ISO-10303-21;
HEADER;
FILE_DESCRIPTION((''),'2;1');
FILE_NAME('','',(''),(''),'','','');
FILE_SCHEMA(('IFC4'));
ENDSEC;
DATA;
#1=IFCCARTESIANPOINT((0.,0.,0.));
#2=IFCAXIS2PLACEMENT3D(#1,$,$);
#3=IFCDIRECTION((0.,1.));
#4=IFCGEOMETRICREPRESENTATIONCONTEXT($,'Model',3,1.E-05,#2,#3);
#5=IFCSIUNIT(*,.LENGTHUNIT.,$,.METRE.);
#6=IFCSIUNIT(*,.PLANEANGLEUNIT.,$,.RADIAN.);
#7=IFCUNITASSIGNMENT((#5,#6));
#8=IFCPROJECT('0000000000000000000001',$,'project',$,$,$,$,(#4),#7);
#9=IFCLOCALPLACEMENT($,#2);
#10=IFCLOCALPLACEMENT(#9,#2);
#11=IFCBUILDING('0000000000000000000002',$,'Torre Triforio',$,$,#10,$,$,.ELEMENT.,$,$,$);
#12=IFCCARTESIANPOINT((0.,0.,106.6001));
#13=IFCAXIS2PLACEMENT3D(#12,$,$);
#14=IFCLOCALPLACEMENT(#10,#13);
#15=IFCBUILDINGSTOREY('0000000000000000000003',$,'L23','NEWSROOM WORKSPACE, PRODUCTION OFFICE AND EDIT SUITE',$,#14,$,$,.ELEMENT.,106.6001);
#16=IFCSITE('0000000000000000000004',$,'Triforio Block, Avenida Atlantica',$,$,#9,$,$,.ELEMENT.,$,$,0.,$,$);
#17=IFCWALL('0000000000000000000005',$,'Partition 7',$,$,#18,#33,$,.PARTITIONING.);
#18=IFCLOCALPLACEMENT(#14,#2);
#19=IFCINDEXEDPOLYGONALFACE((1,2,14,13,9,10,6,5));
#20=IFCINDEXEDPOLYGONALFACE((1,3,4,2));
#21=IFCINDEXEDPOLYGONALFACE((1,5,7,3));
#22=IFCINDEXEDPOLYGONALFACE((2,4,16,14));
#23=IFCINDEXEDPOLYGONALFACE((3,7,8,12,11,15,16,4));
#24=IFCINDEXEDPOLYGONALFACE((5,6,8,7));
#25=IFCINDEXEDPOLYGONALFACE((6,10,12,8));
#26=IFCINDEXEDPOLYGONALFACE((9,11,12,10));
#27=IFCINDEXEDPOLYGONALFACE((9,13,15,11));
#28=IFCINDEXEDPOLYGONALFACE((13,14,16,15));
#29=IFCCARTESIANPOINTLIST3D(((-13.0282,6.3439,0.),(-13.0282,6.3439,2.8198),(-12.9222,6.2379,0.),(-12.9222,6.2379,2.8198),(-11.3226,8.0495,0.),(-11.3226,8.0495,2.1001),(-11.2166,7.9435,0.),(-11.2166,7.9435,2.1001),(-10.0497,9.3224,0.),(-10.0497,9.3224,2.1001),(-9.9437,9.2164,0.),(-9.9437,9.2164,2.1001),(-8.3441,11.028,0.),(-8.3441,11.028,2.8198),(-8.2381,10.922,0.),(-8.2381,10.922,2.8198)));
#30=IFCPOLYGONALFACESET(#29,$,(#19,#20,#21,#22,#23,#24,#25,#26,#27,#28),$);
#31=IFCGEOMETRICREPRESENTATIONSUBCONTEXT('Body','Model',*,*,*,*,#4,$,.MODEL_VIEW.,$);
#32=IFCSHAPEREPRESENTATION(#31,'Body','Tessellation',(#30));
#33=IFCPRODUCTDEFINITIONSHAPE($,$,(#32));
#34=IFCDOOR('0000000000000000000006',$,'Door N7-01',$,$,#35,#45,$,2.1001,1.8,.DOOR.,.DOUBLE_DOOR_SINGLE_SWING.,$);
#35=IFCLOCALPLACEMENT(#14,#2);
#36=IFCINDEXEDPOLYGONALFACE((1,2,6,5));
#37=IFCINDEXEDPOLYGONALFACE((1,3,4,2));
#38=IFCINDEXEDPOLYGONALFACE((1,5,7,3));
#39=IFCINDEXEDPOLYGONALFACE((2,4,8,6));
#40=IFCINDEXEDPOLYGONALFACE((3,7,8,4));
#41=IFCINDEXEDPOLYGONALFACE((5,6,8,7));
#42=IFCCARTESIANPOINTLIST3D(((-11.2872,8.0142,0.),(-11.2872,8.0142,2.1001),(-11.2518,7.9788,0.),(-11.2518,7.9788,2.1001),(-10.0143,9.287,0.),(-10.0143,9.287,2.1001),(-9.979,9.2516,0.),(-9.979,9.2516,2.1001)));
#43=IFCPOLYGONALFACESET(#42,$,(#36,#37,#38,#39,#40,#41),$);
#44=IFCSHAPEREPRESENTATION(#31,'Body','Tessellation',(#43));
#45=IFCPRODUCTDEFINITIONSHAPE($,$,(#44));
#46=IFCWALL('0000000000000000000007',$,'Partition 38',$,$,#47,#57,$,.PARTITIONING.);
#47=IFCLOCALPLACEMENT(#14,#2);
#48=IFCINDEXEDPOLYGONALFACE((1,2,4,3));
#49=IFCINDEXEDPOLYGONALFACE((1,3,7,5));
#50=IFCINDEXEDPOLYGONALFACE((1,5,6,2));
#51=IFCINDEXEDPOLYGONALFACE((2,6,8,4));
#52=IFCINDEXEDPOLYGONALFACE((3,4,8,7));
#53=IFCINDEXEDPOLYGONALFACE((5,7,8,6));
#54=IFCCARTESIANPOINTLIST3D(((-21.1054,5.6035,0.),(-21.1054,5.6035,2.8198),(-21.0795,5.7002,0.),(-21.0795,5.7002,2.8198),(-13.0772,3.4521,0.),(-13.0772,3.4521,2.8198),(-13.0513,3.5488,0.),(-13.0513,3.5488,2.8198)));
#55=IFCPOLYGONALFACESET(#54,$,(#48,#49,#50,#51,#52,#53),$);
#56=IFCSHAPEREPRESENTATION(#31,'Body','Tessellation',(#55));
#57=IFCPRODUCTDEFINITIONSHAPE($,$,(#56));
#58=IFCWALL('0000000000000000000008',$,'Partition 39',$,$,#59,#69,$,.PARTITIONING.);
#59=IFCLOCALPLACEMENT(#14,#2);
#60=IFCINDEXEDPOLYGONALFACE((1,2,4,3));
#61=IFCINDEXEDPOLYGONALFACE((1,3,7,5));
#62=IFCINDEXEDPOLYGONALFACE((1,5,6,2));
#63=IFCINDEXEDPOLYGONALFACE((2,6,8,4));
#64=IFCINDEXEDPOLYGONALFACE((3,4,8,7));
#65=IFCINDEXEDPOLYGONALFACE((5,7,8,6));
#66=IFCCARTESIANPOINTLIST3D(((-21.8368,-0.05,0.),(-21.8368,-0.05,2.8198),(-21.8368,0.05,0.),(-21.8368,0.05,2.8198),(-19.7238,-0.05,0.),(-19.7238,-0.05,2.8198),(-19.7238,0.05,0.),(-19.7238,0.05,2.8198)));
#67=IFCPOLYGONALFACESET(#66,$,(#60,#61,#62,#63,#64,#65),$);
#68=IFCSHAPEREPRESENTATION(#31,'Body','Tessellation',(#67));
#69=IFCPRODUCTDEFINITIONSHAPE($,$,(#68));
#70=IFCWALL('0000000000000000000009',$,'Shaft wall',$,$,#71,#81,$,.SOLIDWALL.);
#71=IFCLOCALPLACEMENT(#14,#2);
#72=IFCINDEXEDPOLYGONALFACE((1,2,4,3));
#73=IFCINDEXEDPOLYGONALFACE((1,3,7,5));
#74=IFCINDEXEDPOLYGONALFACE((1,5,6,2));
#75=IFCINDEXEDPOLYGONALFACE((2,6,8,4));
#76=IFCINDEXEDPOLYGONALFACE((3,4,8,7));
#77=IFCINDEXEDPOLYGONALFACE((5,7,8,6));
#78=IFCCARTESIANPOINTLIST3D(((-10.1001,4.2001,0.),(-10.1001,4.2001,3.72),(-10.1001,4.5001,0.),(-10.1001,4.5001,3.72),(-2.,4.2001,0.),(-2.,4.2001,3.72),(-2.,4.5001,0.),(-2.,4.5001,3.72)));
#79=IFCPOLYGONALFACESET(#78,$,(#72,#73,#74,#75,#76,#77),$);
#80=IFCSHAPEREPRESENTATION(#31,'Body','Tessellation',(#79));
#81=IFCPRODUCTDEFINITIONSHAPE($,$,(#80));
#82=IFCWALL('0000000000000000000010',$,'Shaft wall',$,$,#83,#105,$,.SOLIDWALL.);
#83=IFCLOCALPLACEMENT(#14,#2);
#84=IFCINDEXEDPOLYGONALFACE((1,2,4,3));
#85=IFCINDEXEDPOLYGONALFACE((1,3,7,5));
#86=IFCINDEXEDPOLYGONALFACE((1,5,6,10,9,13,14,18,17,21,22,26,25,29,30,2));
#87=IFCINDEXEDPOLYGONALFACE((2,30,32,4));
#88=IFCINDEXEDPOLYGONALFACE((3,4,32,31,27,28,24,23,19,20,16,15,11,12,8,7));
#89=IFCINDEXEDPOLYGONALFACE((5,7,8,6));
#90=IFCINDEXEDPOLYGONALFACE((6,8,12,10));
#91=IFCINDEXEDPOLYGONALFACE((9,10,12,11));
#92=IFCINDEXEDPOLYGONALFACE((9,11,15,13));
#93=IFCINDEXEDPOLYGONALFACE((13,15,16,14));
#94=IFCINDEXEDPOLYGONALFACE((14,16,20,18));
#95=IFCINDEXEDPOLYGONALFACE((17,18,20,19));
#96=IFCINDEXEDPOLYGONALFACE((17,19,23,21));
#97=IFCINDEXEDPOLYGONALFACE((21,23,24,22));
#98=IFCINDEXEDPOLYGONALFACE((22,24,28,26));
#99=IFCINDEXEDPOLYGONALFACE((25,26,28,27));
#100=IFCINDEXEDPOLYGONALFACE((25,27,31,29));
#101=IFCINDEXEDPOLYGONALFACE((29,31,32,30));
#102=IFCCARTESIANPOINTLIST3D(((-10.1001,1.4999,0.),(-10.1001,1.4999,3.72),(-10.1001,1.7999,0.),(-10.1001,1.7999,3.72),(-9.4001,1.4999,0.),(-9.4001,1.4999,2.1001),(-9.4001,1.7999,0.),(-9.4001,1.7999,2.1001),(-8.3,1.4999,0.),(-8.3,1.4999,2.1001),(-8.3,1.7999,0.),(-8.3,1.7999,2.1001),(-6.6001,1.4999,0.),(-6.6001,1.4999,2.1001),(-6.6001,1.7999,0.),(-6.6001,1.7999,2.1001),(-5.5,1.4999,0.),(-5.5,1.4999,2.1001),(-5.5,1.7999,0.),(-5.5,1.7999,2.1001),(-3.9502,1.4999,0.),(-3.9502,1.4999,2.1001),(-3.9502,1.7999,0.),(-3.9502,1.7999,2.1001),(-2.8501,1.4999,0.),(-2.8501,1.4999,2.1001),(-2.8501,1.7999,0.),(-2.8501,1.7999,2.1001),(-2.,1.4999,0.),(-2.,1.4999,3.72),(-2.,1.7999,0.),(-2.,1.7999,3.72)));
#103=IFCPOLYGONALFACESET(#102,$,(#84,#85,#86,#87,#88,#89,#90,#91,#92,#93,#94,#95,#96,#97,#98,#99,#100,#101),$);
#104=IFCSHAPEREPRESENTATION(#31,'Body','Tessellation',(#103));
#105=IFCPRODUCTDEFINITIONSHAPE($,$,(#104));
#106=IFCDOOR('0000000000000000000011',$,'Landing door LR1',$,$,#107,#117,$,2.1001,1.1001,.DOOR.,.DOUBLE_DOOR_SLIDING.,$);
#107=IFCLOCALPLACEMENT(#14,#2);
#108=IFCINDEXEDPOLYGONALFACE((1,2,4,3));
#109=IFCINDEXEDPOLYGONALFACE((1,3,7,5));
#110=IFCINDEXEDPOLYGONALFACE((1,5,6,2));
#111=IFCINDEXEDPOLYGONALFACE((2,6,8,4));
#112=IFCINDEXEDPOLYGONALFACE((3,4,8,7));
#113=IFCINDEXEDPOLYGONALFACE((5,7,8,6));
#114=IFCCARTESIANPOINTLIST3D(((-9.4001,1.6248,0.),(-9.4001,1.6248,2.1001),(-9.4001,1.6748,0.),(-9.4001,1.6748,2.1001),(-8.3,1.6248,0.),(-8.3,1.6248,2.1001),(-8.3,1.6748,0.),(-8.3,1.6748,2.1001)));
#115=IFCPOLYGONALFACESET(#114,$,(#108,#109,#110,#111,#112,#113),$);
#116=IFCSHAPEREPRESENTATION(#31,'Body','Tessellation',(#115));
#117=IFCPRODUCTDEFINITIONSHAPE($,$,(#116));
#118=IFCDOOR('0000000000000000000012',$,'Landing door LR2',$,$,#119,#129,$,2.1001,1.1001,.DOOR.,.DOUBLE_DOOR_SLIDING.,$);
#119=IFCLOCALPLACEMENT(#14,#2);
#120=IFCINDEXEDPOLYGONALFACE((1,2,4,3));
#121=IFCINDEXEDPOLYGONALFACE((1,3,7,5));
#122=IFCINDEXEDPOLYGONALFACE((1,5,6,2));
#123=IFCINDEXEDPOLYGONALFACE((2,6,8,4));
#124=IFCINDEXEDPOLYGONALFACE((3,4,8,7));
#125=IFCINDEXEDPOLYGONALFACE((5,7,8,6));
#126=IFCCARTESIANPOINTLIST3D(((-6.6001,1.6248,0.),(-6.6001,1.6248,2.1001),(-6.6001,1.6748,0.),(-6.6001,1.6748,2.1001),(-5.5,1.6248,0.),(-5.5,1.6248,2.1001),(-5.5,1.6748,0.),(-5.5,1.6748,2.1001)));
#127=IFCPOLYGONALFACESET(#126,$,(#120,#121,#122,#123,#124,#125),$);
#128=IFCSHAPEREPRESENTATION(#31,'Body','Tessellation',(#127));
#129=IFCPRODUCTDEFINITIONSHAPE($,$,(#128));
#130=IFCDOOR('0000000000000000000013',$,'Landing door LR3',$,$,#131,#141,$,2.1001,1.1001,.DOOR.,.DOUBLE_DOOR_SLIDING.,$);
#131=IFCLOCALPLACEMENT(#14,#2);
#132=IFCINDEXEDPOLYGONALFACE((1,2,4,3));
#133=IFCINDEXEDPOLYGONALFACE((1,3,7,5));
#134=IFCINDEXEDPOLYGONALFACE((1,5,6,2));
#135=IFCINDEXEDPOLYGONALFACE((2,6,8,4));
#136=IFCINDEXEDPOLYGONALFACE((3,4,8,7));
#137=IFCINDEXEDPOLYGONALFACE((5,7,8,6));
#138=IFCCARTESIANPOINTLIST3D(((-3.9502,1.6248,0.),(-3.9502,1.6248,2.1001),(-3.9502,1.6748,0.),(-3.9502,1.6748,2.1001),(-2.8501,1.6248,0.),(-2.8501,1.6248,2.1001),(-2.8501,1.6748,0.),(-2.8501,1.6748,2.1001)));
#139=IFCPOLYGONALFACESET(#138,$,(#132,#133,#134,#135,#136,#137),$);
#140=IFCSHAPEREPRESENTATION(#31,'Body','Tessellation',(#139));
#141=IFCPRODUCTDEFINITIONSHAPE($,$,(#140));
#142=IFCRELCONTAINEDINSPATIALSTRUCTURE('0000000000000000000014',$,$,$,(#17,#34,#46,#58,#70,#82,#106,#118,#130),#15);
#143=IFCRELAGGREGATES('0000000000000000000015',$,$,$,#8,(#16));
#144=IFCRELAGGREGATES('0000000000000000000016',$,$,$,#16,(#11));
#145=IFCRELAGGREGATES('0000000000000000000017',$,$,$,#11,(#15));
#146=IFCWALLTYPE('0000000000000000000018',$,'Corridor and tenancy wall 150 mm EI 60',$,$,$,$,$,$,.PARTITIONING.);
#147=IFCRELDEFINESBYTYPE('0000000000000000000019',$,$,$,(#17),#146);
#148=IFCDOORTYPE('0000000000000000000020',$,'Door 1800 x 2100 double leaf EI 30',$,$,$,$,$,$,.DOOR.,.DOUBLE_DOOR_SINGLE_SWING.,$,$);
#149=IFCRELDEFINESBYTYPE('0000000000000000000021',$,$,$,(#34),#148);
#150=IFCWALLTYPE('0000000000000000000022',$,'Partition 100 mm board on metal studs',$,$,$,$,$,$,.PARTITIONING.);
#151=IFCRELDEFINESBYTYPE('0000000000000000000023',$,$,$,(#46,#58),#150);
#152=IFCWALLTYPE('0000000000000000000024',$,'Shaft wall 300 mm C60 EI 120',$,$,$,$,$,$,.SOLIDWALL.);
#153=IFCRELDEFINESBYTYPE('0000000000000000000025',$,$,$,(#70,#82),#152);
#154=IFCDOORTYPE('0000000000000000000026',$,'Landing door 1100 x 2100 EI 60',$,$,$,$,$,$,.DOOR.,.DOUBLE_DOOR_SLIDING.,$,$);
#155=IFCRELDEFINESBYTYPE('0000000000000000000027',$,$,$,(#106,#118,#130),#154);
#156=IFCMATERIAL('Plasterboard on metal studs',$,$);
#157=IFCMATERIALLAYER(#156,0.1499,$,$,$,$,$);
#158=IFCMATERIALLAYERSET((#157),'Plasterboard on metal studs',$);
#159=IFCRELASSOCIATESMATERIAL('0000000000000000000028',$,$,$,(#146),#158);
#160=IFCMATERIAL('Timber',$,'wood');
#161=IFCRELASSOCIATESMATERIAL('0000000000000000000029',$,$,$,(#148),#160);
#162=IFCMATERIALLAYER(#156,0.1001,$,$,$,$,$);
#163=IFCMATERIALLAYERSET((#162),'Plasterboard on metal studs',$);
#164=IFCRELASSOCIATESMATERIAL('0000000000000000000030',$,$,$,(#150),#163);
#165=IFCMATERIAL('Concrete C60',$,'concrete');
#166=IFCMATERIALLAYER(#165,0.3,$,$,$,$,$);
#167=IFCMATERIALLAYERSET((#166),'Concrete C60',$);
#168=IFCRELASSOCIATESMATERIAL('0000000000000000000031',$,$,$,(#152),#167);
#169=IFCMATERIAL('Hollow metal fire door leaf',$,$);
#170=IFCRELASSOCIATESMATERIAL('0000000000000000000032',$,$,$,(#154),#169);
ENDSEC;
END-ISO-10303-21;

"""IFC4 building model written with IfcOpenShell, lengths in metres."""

from ifc_helpers import new_model, si_unit, direction, frame, frame_2d, origin, place, context, subcontext, project, spatial, rectangle, extrude, material, layer, layer_set, type_object, element, fill, save


model = new_model("IFC4")

# Units and contexts
model_context = context("Model", 3, precision=1e-05, world=origin(), true_north=direction((0.0, 1.0)))
body_context = subcontext(model_context, "Body", "Model", "MODEL_VIEW")
ifc_project = project(units=[si_unit("LENGTHUNIT", "METRE"), si_unit("PLANEANGLEUNIT", "RADIAN")], contexts=[model_context])

# Site, building, storey
site_placement = place(None, origin())
site = spatial("IfcSite", under=ifc_project, at=site_placement, Name="Triforio Block, Avenida Atlantica", CompositionType="ELEMENT", RefElevation=0.0)
building_placement = place(site_placement, origin())
building = spatial("IfcBuilding", under=site, at=building_placement, Name="Torre Triforio", CompositionType="ELEMENT")
storey_placement = place(building_placement, frame((0.0, 0.0, 106.6001)))
storey = spatial("IfcBuildingStorey", under=building, at=storey_placement, Name="L23", Description="NEWSROOM WORKSPACE, PRODUCTION OFFICE AND EDIT SUITE", CompositionType="ELEMENT", Elevation=106.6001)

# Shared definitions
ifc_material_1 = material(Name="Concrete C60", Category="concrete")

# Shared definitions
ifc_material_2 = material(Name="Hollow metal fire door leaf")
ifc_material_3 = material(Name="Plasterboard on metal studs")
ifc_layer_1 = layer(ifc_material_3, 0.1499)
ifc_layer_set_1 = layer_set([ifc_layer_1], Name="Plasterboard on metal studs")
wall_type_1 = type_object("IfcWallType", Name="Corridor and tenancy wall 150 mm EI 60", PredefinedType="PARTITIONING", material=ifc_layer_set_1)
ifc_material_4 = material(Name="Timber", Category="wood")

# Wall, opening, door
wall_1_placement = place(storey_placement, frame((-12.9751, 6.291, 0.0), z_axis=(0.0, 0.0, 1.0), x_axis=(0.707107, 0.707107, 0.0)))
wall_1 = element("IfcWall", 1, at=wall_1_placement, inside=storey, type_object=wall_type_1, Name="Partition 7", PredefinedType="PARTITIONING", context=body_context, shape_type="SweptSolid", body=[
    extrude(rectangle(XDim=6.6243, YDim=0.1499, at=frame_2d((3.312, 0.0))), origin(), (0.0, 0.0, 1.0), 2.8198),
])
opening_1_placement = place(wall_1_placement, frame((2.4121, 0.0, 0.0)))
opening_1 = element("IfcOpeningElement", 2, at=opening_1_placement, cuts=wall_1, PredefinedType="OPENING", context=body_context, shape_type="SweptSolid", body=[
    extrude(rectangle(XDim=1.8, YDim=2.1001, at=frame_2d((0.8999, 1.05))), frame((0.0, 0.085, 0.0), z_axis=(0.0, -1.0, 0.0), x_axis=(1.0, 0.0, 0.0)), (0.0, 0.0, 1.0), 0.1699),
])
door_type_1 = type_object("IfcDoorType", Name="Door 1800 x 2100 double leaf EI 30", OperationType="DOUBLE_DOOR_SINGLE_SWING", PredefinedType="DOOR", material=ifc_material_4)
door_1_placement = place(opening_1_placement, origin())
door_1 = element("IfcDoor", 3, at=door_1_placement, inside=storey, type_object=door_type_1, Name="Door N7-01", OperationType="DOUBLE_DOOR_SINGLE_SWING", OverallHeight=2.1001, OverallWidth=1.8, PredefinedType="DOOR", context=body_context, shape_type="SweptSolid", body=[
    extrude(rectangle(XDim=1.8, YDim=2.1001, at=frame_2d((0.8999, 1.05))), frame((0.0, 0.0249, 0.0), z_axis=(0.0, -1.0, 0.0), x_axis=(1.0, 0.0, 0.0)), (0.0, 0.0, 1.0), 0.05),
])
fill(opening_1, door_1)

# Walls
ifc_layer_2 = layer(ifc_material_3, 0.1001)
ifc_layer_set_2 = layer_set([ifc_layer_2], Name="Plasterboard on metal studs")
wall_type_2 = type_object("IfcWallType", Name="Partition 100 mm board on metal studs", PredefinedType="PARTITIONING", material=ifc_layer_set_2)
wall_2_placement = place(storey_placement, frame((-13.0642, 3.5005, 0.0), z_axis=(0.0, 0.0, 1.0), x_axis=(-0.96592, 0.25884, 0.0)))
element("IfcWall", 4, at=wall_2_placement, inside=storey, type_object=wall_type_2, Name="Partition 38", PredefinedType="PARTITIONING", context=body_context, shape_type="SweptSolid", body=[
    extrude(rectangle(XDim=8.3115, YDim=0.1001, at=frame_2d((4.1558, 0.0))), origin(), (0.0, 0.0, 1.0), 2.8198),
])
wall_3_placement = place(storey_placement, frame((-19.7236, 0.0, 0.0), z_axis=(0.0, 0.0, 1.0), x_axis=(-1.0, 0.0, 0.0)))
element("IfcWall", 5, at=wall_3_placement, inside=storey, type_object=wall_type_2, Name="Partition 39", PredefinedType="PARTITIONING", context=body_context, shape_type="SweptSolid", body=[
    extrude(rectangle(XDim=2.113, YDim=0.1001, at=frame_2d((1.0566, 0.0))), origin(), (0.0, 0.0, 1.0), 2.8198),
])
ifc_layer_3 = layer(ifc_material_1, 0.3)
ifc_layer_set_3 = layer_set([ifc_layer_3], Name="Concrete C60")
wall_type_3 = type_object("IfcWallType", Name="Shaft wall 300 mm C60 EI 120", PredefinedType="SOLIDWALL", material=ifc_layer_set_3)
wall_4_placement = place(storey_placement, frame((-10.1001, 4.3501, 0.0), z_axis=(0.0, 0.0, 1.0), x_axis=(1.0, 0.0, 0.0)))
element("IfcWall", 6, at=wall_4_placement, inside=storey, type_object=wall_type_3, Name="Shaft wall", PredefinedType="SOLIDWALL", context=body_context, shape_type="SweptSolid", body=[
    extrude(rectangle(XDim=8.1001, YDim=0.3, at=frame_2d((4.05, 0.0))), origin(), (0.0, 0.0, 1.0), 3.72),
])

# Wall, openings, doors
wall_5_placement = place(storey_placement, frame((-10.1001, 1.6499, 0.0), z_axis=(0.0, 0.0, 1.0), x_axis=(1.0, 0.0, 0.0)))
wall_5 = element("IfcWall", 7, at=wall_5_placement, inside=storey, type_object=wall_type_3, Name="Shaft wall", PredefinedType="SOLIDWALL", context=body_context, shape_type="SweptSolid", body=[
    extrude(rectangle(XDim=8.1001, YDim=0.3, at=frame_2d((4.05, 0.0))), origin(), (0.0, 0.0, 1.0), 3.72),
])
opening_2_placement = place(wall_5_placement, frame((0.7, 0.0, 0.0)))
opening_2 = element("IfcOpeningElement", 8, at=opening_2_placement, cuts=wall_5, PredefinedType="OPENING", context=body_context, shape_type="SweptSolid", body=[
    extrude(rectangle(XDim=1.1001, YDim=2.1001, at=frame_2d((0.55, 1.05))), frame((0.0, 0.1599, 0.0), z_axis=(0.0, -1.0, 0.0), x_axis=(1.0, 0.0, 0.0)), (0.0, 0.0, 1.0), 0.3201),
])
opening_3_placement = place(wall_5_placement, frame((3.5, 0.0, 0.0)))
opening_3 = element("IfcOpeningElement", 9, at=opening_3_placement, cuts=wall_5, PredefinedType="OPENING", context=body_context, shape_type="SweptSolid", body=[
    extrude(rectangle(XDim=1.1001, YDim=2.1001, at=frame_2d((0.55, 1.05))), frame((0.0, 0.1599, 0.0), z_axis=(0.0, -1.0, 0.0), x_axis=(1.0, 0.0, 0.0)), (0.0, 0.0, 1.0), 0.3201),
])
opening_4_placement = place(wall_5_placement, frame((6.1499, 0.0, 0.0)))
opening_4 = element("IfcOpeningElement", 10, at=opening_4_placement, cuts=wall_5, PredefinedType="OPENING", context=body_context, shape_type="SweptSolid", body=[
    extrude(rectangle(XDim=1.1001, YDim=2.1001, at=frame_2d((0.55, 1.05))), frame((0.0, 0.1599, 0.0), z_axis=(0.0, -1.0, 0.0), x_axis=(1.0, 0.0, 0.0)), (0.0, 0.0, 1.0), 0.3201),
])
door_type_2 = type_object("IfcDoorType", Name="Landing door 1100 x 2100 EI 60", OperationType="DOUBLE_DOOR_SLIDING", PredefinedType="DOOR", material=ifc_material_2)
door_2_placement = place(opening_2_placement, origin())
door_2 = element("IfcDoor", 11, at=door_2_placement, inside=storey, type_object=door_type_2, Name="Landing door LR1", OperationType="DOUBLE_DOOR_SLIDING", OverallHeight=2.1001, OverallWidth=1.1001, PredefinedType="DOOR", context=body_context, shape_type="SweptSolid", body=[
    extrude(rectangle(XDim=1.1001, YDim=2.1001, at=frame_2d((0.55, 1.05))), frame((0.0, 0.0249, 0.0), z_axis=(0.0, -1.0, 0.0), x_axis=(1.0, 0.0, 0.0)), (0.0, 0.0, 1.0), 0.05),
])
fill(opening_2, door_2)
door_3_placement = place(opening_3_placement, origin())
door_3 = element("IfcDoor", 12, at=door_3_placement, inside=storey, type_object=door_type_2, Name="Landing door LR2", OperationType="DOUBLE_DOOR_SLIDING", OverallHeight=2.1001, OverallWidth=1.1001, PredefinedType="DOOR", context=body_context, shape_type="SweptSolid", body=[
    extrude(rectangle(XDim=1.1001, YDim=2.1001, at=frame_2d((0.55, 1.05))), frame((0.0, 0.0249, 0.0), z_axis=(0.0, -1.0, 0.0), x_axis=(1.0, 0.0, 0.0)), (0.0, 0.0, 1.0), 0.05),
])
fill(opening_3, door_3)
door_4_placement = place(opening_4_placement, origin())
door_4 = element("IfcDoor", 13, at=door_4_placement, inside=storey, type_object=door_type_2, Name="Landing door LR3", OperationType="DOUBLE_DOOR_SLIDING", OverallHeight=2.1001, OverallWidth=1.1001, PredefinedType="DOOR", context=body_context, shape_type="SweptSolid", body=[
    extrude(rectangle(XDim=1.1001, YDim=2.1001, at=frame_2d((0.55, 1.05))), frame((0.0, 0.0249, 0.0), z_axis=(0.0, -1.0, 0.0), x_axis=(1.0, 0.0, 0.0)), (0.0, 0.0, 1.0), 0.05),
])
fill(opening_4, door_4)

save(model, "model.ifc")
